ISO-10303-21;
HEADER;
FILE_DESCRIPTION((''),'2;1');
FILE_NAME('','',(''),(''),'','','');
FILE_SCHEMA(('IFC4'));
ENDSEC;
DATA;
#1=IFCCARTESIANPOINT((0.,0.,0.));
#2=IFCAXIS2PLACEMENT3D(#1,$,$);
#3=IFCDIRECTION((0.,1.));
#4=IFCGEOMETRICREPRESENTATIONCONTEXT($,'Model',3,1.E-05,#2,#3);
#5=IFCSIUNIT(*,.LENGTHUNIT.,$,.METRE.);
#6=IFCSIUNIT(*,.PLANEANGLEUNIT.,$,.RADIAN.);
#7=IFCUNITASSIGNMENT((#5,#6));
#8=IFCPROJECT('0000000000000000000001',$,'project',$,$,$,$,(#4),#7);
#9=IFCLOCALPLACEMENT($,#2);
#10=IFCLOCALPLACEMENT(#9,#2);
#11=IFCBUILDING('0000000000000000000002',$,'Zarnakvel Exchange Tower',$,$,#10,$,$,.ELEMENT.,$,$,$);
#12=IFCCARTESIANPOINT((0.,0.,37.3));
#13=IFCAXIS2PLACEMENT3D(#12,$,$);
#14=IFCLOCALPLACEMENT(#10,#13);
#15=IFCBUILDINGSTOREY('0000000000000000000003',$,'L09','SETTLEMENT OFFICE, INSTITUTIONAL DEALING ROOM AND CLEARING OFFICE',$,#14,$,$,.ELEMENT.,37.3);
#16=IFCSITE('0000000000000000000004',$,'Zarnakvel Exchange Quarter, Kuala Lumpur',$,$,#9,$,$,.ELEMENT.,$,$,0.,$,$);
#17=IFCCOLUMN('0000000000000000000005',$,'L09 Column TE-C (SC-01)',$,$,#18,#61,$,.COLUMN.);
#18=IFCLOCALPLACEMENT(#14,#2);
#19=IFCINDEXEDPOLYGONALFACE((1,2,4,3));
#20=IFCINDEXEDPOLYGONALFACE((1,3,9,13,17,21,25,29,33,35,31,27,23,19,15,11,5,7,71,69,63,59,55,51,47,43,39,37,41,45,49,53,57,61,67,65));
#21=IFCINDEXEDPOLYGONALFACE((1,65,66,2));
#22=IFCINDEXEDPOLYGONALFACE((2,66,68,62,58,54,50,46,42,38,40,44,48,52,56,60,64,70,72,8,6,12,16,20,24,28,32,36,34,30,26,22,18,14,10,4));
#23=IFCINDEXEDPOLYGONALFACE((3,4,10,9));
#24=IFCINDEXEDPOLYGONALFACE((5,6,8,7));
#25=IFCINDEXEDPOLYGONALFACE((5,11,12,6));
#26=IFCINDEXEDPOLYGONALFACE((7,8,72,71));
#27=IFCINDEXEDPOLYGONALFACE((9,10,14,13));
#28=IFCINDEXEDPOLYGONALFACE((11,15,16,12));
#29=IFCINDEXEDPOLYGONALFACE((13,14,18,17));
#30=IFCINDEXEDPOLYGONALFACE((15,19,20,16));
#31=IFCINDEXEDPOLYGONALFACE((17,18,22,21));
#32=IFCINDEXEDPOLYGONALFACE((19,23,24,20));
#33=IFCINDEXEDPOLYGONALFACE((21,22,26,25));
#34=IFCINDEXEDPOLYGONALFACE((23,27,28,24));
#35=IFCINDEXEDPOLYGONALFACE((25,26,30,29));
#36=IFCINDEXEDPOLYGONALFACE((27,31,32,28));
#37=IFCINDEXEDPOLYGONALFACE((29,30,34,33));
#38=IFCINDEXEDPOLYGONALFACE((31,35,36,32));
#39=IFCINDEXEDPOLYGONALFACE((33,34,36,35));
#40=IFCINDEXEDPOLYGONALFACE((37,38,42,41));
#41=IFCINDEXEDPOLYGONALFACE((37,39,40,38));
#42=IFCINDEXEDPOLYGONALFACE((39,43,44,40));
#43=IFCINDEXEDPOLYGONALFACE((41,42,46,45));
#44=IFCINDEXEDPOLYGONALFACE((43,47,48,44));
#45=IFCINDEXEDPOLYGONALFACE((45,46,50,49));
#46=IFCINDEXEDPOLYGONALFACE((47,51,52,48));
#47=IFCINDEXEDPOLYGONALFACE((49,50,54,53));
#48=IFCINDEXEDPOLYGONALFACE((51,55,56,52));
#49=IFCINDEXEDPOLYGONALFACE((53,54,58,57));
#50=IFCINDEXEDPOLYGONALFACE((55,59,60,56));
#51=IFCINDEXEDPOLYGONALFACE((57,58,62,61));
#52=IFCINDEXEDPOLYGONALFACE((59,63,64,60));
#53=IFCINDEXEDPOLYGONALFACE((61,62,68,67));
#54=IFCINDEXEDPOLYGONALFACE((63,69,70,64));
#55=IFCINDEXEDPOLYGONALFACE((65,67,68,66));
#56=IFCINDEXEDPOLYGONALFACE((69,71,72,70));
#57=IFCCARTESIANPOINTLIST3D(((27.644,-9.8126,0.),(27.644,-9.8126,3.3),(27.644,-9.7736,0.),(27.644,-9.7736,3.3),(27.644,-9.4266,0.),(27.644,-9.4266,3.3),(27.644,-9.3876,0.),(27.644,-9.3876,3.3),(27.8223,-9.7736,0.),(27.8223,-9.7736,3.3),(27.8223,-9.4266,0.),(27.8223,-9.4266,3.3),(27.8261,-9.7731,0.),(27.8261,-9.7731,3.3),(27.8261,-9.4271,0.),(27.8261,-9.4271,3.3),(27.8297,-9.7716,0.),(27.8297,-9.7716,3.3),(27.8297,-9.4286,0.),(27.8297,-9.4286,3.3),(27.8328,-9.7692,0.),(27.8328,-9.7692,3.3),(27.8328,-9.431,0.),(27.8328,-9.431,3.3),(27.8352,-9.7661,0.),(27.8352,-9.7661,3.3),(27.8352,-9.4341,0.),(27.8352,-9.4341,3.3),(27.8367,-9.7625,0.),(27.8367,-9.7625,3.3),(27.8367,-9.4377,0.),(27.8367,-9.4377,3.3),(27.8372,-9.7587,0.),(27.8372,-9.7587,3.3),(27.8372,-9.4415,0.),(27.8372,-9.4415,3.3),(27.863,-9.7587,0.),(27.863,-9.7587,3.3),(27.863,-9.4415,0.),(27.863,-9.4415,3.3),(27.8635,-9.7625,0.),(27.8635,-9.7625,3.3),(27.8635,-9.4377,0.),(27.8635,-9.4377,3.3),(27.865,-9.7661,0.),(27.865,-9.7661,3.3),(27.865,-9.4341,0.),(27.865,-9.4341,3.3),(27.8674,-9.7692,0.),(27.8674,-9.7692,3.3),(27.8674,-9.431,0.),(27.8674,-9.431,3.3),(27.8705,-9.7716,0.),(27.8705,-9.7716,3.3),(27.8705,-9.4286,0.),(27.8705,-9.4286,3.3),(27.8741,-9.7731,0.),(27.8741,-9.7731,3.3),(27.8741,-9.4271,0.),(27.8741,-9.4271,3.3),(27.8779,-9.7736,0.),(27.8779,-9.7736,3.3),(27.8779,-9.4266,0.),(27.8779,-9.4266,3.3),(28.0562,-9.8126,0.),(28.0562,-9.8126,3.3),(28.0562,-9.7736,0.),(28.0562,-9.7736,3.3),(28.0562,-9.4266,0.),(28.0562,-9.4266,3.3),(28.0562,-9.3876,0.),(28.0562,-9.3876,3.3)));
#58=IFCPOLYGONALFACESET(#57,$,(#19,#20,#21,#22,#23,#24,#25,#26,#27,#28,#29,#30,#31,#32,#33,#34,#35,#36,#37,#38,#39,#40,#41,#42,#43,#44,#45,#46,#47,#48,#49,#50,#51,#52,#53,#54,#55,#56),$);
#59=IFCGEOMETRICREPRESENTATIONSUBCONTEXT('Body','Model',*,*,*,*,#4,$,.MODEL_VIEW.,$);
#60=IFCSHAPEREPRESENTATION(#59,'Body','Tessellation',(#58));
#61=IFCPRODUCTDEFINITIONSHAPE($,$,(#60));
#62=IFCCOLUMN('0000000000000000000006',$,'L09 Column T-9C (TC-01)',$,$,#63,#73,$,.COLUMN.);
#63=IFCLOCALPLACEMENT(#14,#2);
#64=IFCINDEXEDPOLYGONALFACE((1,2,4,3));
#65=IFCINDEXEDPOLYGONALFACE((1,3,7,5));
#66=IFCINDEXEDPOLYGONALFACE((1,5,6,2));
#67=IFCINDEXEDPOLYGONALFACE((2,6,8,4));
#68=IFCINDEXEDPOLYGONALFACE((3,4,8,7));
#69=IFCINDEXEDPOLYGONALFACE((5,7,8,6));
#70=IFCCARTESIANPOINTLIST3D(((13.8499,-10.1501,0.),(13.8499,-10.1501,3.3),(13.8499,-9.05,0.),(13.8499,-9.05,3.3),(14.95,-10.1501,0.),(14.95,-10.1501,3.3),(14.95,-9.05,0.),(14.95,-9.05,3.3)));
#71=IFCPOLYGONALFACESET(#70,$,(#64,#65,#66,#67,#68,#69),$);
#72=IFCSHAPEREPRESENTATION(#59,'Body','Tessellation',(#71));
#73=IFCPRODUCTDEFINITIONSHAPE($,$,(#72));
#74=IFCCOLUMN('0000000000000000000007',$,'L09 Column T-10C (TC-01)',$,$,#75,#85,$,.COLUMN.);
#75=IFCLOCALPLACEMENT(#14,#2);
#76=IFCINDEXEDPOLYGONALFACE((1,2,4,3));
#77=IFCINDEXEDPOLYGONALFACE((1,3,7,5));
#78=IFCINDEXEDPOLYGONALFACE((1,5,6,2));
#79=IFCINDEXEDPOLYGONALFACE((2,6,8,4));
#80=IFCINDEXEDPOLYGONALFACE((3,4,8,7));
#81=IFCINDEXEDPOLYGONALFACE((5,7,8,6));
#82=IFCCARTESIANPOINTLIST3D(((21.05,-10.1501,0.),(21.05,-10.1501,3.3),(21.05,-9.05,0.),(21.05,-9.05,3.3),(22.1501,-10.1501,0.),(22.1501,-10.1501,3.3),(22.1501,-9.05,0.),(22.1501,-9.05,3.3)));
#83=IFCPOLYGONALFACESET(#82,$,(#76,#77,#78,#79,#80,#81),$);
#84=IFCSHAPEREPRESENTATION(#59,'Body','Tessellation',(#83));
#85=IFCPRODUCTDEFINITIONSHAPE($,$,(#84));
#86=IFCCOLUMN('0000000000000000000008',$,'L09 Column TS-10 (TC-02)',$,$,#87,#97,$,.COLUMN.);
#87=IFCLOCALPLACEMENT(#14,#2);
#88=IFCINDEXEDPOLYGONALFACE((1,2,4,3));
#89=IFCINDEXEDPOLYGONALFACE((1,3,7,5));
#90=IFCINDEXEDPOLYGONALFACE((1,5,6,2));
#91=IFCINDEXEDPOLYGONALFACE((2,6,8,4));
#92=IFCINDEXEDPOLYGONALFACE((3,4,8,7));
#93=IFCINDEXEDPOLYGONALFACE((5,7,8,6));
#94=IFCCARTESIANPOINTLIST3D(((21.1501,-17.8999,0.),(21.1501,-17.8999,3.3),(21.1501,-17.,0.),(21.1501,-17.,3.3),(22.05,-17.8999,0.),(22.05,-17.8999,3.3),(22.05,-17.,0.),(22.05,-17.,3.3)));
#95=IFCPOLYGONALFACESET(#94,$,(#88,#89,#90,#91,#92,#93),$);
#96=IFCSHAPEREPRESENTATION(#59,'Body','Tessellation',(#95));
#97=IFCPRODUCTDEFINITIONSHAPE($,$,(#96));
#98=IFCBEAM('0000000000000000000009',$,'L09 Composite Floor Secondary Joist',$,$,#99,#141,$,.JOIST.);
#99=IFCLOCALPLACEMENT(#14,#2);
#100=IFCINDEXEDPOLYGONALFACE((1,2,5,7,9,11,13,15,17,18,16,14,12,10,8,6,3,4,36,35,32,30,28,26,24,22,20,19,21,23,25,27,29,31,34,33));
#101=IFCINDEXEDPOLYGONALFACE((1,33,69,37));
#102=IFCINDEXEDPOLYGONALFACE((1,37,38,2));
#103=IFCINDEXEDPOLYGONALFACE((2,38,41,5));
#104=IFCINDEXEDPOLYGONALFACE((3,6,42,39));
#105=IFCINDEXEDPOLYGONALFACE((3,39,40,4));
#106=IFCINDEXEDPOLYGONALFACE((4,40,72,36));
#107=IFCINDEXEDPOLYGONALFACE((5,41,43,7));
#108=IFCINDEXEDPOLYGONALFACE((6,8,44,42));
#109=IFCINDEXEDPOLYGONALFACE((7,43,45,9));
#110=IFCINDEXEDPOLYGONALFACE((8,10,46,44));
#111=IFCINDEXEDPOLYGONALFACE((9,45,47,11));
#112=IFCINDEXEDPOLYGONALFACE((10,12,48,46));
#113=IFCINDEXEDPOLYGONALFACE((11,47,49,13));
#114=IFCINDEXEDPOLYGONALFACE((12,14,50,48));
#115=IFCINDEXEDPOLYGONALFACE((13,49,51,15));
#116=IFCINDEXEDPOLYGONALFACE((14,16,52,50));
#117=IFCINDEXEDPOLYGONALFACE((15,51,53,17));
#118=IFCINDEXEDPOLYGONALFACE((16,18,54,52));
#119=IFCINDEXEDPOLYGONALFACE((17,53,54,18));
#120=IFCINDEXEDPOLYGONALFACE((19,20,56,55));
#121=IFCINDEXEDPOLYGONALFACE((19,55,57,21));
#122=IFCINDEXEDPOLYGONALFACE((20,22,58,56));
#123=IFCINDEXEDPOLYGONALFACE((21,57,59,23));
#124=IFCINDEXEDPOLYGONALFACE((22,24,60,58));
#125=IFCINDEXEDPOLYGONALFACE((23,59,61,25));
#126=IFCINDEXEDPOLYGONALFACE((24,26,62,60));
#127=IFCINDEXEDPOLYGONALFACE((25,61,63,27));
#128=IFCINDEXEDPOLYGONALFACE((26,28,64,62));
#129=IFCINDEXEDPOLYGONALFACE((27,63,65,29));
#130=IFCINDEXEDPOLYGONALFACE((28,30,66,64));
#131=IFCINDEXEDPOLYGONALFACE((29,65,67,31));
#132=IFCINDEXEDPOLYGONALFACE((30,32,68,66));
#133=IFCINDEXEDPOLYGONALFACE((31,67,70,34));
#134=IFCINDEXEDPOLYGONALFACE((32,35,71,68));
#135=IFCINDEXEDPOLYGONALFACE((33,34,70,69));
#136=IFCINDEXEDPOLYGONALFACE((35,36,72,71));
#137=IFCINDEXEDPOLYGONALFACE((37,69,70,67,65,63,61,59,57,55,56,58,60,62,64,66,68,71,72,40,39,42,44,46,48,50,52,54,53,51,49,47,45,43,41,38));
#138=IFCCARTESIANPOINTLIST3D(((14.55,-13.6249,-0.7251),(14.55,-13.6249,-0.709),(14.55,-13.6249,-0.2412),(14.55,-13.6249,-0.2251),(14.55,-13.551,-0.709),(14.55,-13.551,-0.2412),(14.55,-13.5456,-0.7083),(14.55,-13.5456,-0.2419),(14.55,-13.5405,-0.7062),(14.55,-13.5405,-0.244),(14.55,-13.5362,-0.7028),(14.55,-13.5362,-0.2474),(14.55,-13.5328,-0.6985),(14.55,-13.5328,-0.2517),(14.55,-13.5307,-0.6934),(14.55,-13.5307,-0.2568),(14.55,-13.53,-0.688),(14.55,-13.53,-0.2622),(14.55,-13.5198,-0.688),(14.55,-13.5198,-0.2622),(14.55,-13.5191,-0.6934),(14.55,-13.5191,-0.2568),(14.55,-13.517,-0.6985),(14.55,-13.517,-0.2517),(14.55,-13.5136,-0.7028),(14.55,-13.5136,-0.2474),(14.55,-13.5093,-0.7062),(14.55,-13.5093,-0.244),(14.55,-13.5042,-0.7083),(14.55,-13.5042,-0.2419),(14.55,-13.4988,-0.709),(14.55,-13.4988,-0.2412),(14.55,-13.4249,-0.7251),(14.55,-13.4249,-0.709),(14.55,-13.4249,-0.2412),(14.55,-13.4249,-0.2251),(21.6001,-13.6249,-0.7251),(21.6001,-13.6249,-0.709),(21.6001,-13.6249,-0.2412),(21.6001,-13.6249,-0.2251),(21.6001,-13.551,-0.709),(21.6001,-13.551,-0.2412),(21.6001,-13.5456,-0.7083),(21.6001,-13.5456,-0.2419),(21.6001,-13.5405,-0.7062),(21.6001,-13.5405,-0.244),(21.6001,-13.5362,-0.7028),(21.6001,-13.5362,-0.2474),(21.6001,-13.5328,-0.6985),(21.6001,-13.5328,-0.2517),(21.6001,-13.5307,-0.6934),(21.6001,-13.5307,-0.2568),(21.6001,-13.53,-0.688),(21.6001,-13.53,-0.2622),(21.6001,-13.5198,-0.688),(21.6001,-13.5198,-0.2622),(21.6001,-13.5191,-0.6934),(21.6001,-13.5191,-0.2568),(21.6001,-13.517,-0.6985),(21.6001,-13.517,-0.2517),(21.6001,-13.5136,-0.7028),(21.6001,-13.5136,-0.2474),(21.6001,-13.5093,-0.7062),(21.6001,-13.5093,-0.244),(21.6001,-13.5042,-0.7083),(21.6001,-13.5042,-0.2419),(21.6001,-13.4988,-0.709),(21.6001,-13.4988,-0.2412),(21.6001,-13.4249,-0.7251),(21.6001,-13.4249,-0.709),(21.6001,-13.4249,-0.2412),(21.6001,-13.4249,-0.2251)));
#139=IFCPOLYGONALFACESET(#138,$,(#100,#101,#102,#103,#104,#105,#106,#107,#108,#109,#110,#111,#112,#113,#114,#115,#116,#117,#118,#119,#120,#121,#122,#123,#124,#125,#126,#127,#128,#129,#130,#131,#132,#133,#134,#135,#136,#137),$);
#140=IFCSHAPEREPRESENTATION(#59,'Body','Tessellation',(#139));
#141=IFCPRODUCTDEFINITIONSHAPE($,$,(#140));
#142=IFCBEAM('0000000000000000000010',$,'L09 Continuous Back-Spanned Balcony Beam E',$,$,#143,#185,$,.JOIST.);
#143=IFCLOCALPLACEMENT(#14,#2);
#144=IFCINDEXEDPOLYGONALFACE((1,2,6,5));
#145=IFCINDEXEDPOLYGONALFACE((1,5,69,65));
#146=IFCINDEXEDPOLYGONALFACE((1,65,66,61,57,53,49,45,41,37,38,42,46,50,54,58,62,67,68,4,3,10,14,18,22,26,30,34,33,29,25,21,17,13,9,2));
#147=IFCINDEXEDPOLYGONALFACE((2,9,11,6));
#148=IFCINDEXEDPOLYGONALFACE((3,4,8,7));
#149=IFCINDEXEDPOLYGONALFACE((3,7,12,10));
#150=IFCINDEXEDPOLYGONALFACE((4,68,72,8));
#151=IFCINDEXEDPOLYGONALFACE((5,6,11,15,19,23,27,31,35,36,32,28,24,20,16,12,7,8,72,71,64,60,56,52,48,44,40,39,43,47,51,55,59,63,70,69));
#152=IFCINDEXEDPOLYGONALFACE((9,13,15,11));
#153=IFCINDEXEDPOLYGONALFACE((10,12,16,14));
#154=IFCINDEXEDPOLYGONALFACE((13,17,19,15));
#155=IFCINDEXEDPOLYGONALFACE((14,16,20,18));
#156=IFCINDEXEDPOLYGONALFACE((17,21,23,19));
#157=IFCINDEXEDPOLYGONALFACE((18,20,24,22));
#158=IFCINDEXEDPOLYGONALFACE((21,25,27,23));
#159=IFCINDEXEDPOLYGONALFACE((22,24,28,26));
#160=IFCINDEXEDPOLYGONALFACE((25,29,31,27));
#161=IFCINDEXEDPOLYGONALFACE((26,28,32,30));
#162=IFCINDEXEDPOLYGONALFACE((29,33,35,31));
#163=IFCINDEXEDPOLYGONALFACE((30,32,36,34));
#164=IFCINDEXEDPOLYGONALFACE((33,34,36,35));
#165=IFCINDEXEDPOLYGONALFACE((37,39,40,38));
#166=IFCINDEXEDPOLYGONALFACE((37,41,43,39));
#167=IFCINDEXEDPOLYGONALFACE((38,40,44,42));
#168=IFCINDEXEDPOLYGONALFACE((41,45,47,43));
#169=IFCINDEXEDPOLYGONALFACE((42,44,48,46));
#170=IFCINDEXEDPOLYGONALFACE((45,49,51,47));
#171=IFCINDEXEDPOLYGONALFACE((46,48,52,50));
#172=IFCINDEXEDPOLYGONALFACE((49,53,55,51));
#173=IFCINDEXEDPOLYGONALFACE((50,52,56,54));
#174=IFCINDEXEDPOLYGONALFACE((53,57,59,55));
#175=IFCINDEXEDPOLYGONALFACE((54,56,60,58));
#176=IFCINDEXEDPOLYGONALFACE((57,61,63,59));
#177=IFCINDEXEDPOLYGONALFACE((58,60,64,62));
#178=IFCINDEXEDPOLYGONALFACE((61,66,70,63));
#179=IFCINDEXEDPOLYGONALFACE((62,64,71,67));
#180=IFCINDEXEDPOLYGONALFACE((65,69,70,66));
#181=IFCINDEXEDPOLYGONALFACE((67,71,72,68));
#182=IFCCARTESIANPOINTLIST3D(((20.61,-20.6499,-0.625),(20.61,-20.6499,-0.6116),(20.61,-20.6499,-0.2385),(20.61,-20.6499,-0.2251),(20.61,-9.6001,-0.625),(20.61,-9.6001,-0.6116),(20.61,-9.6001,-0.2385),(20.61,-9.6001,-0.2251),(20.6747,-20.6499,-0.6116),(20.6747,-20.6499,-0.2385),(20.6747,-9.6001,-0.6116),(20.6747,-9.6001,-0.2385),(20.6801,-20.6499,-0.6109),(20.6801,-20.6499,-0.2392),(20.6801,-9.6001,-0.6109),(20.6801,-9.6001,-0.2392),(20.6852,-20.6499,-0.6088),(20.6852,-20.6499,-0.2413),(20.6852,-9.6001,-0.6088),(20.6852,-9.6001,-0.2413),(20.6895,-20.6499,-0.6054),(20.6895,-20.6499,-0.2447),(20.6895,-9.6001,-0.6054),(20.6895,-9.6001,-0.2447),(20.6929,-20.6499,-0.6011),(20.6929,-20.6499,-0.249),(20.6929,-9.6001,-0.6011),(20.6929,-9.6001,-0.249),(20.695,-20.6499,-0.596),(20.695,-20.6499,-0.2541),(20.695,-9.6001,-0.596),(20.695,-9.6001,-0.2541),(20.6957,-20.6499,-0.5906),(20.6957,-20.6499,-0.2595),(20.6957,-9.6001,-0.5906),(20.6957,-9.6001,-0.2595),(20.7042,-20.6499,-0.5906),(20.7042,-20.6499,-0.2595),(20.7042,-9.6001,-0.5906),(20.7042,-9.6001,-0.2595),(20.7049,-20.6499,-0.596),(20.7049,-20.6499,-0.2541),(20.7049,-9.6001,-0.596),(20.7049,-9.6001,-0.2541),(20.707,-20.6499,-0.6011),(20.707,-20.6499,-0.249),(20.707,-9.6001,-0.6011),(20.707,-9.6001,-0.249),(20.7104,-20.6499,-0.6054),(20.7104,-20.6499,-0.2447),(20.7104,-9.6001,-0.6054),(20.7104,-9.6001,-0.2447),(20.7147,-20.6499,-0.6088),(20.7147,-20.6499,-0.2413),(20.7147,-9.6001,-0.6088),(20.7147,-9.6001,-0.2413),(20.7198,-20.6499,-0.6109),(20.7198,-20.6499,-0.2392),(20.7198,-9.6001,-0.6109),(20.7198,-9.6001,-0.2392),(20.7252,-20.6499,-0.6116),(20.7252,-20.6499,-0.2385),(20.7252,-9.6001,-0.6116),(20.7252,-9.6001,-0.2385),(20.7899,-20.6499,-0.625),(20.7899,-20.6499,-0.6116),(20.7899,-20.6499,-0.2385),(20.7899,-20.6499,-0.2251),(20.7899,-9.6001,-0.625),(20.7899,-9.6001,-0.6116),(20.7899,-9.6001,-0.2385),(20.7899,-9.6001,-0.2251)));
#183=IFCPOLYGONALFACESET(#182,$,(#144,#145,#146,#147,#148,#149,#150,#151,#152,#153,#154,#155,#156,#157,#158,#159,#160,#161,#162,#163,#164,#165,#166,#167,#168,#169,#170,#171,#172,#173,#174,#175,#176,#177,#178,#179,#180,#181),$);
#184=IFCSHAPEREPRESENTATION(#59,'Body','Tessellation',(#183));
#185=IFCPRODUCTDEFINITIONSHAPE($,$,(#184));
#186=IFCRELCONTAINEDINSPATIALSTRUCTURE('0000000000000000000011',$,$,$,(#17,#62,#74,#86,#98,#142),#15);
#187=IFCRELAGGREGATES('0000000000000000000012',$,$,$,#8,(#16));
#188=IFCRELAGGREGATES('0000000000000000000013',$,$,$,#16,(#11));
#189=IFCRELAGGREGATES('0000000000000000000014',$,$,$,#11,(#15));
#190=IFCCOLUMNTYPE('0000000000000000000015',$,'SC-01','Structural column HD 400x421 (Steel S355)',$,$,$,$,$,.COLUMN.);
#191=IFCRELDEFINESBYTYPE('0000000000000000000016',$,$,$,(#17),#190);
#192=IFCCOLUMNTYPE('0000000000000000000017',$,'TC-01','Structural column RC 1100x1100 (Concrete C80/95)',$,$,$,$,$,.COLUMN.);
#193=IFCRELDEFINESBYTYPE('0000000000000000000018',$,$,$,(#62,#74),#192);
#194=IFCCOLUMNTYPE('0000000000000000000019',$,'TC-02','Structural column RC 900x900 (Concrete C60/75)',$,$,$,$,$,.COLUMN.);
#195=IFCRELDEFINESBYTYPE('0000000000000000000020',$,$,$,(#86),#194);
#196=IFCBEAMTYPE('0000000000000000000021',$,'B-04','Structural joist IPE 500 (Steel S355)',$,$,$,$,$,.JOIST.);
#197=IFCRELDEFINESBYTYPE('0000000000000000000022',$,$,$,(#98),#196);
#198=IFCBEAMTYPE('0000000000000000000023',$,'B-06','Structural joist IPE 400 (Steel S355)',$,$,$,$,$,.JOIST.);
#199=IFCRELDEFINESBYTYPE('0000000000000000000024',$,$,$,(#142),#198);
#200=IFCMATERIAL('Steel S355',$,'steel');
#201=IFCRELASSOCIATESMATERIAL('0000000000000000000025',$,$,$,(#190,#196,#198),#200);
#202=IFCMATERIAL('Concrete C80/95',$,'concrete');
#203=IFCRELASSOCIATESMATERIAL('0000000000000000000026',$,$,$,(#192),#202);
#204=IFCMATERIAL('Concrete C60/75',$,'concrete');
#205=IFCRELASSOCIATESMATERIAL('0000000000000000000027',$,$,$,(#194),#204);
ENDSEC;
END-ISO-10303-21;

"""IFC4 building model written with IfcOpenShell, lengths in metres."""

from ifc_helpers import new_model, si_unit, direction, frame, origin, origin_2d, place, context, subcontext, project, spatial, rectangle, i_section, extrude, material, material_profile, profile_set, type_object, element, save


model = new_model("IFC4")

# Units and contexts
model_context = context("Model", 3, precision=1e-05, world=origin(), true_north=direction((0.0, 1.0)))
body_context = subcontext(model_context, "Body", "Model", "MODEL_VIEW")
ifc_project = project(units=[si_unit("LENGTHUNIT", "METRE"), si_unit("PLANEANGLEUNIT", "RADIAN")], contexts=[model_context])

# Site, building, storey
site_placement = place(None, origin())
site = spatial("IfcSite", under=ifc_project, at=site_placement, Name="Zarnakvel Exchange Quarter, Kuala Lumpur", CompositionType="ELEMENT", RefElevation=0.0)
building_placement = place(site_placement, origin())
building = spatial("IfcBuilding", under=site, at=building_placement, Name="Zarnakvel Exchange Tower", CompositionType="ELEMENT")
storey_placement = place(building_placement, frame((0.0, 0.0, 37.3)))
storey = spatial("IfcBuildingStorey", under=building, at=storey_placement, Name="L09", Description="SETTLEMENT OFFICE, INSTITUTIONAL DEALING ROOM AND CLEARING OFFICE", CompositionType="ELEMENT", Elevation=37.3)

# Columns
ifc_material_1 = material(Name="Steel S355", Category="steel")
ifc_material_profile_1 = material_profile(ifc_material_1, i_section(OverallWidth=0.4121, OverallDepth=0.425, WebThickness=0.0259, FlangeThickness=0.0391, FilletRadius=0.0149, at=origin_2d()))
ifc_profile_set_1 = profile_set([ifc_material_profile_1], Name="Steel S355")
column_type_1 = type_object("IfcColumnType", Name="SC-01", Description="Structural column HD 400x421 (Steel S355)", PredefinedType="COLUMN", material=ifc_profile_set_1)
column_1_placement = place(storey_placement, frame((27.8501, -9.6001, 0.0), z_axis=(0.0, 0.0, 1.0), x_axis=(1.0, 0.0, 0.0)))
element("IfcColumn", 1, at=column_1_placement, inside=storey, type_object=column_type_1, Name="L09 Column TE-C (SC-01)", PredefinedType="COLUMN", context=body_context, shape_type="SweptSolid", body=[
    extrude(i_section(OverallWidth=0.4121, OverallDepth=0.425, WebThickness=0.0259, FlangeThickness=0.0391, FilletRadius=0.0149, at=origin_2d()), origin(), (0.0, 0.0, 1.0), 3.3),
])
ifc_material_2 = material(Name="Concrete C80/95", Category="concrete")
ifc_material_profile_2 = material_profile(ifc_material_2, rectangle(XDim=1.1001, YDim=1.1001, at=origin_2d()))
ifc_profile_set_2 = profile_set([ifc_material_profile_2], Name="Concrete C80/95")
column_type_2 = type_object("IfcColumnType", Name="TC-01", Description="Structural column RC 1100x1100 (Concrete C80/95)", PredefinedType="COLUMN", material=ifc_profile_set_2)
for number, where, z_axis, x_axis, name in (
    (2, (14.3999, -9.6001, 0.0), (0.0, 0.0, 1.0), (1.0, 0.0, 0.0), "L09 Column T-9C (TC-01)"),
    (3, (21.6001, -9.6001, 0.0), (0.0, 0.0, 1.0), (1.0, 0.0, 0.0), "L09 Column T-10C (TC-01)"),
):
    element("IfcColumn", number, at=place(storey_placement, frame(where, z_axis=z_axis, x_axis=x_axis)), inside=storey, type_object=column_type_2, Name=name, PredefinedType="COLUMN", context=body_context, shape_type="SweptSolid", body=[
        extrude(rectangle(XDim=1.1001, YDim=1.1001, at=origin_2d()), origin(), (0.0, 0.0, 1.0), 3.3),
    ])
ifc_material_3 = material(Name="Concrete C60/75", Category="concrete")
ifc_material_profile_3 = material_profile(ifc_material_3, rectangle(XDim=0.8999, YDim=0.8999, at=origin_2d()))
ifc_profile_set_3 = profile_set([ifc_material_profile_3], Name="Concrete C60/75")
column_type_3 = type_object("IfcColumnType", Name="TC-02", Description="Structural column RC 900x900 (Concrete C60/75)", PredefinedType="COLUMN", material=ifc_profile_set_3)
column_2_placement = place(storey_placement, frame((21.6001, -17.45, 0.0), z_axis=(0.0, 0.0, 1.0), x_axis=(1.0, 0.0, 0.0)))
element("IfcColumn", 4, at=column_2_placement, inside=storey, type_object=column_type_3, Name="L09 Column TS-10 (TC-02)", PredefinedType="COLUMN", context=body_context, shape_type="SweptSolid", body=[
    extrude(rectangle(XDim=0.8999, YDim=0.8999, at=origin_2d()), origin(), (0.0, 0.0, 1.0), 3.3),
])

# Beams
ifc_material_profile_4 = material_profile(ifc_material_1, i_section(OverallWidth=0.2, OverallDepth=0.5, WebThickness=0.0103, FlangeThickness=0.0161, FilletRadius=0.021, at=origin_2d()))
ifc_profile_set_4 = profile_set([ifc_material_profile_4], Name="Steel S355")
beam_type_1 = type_object("IfcBeamType", Name="B-04", Description="Structural joist IPE 500 (Steel S355)", PredefinedType="JOIST", material=ifc_profile_set_4)
beam_1_placement = place(storey_placement, frame((14.55, -13.5249, -0.4751), z_axis=(1.0, 0.0, 0.0), x_axis=(0.0, 1.0, 0.0)))
element("IfcBeam", 5, at=beam_1_placement, inside=storey, type_object=beam_type_1, Name="L09 Composite Floor Secondary Joist", PredefinedType="JOIST", context=body_context, shape_type="SweptSolid", body=[
    extrude(i_section(OverallWidth=0.2, OverallDepth=0.5, WebThickness=0.0103, FlangeThickness=0.0161, FilletRadius=0.021, at=origin_2d()), origin(), (0.0, 0.0, 1.0), 7.05),
])
ifc_material_profile_5 = material_profile(ifc_material_1, i_section(OverallWidth=0.1799, OverallDepth=0.3999, WebThickness=0.0085, FlangeThickness=0.0134, FilletRadius=0.021, at=origin_2d()))
ifc_profile_set_5 = profile_set([ifc_material_profile_5], Name="Steel S355")
beam_type_2 = type_object("IfcBeamType", Name="B-06", Description="Structural joist IPE 400 (Steel S355)", PredefinedType="JOIST", material=ifc_profile_set_5)
beam_2_placement = place(storey_placement, frame((20.7, -9.6001, -0.425), z_axis=(0.0, -1.0, 0.0), x_axis=(1.0, 0.0, 0.0)))
element("IfcBeam", 6, at=beam_2_placement, inside=storey, type_object=beam_type_2, Name="L09 Continuous Back-Spanned Balcony Beam E", PredefinedType="JOIST", context=body_context, shape_type="SweptSolid", body=[
    extrude(i_section(OverallWidth=0.1799, OverallDepth=0.3999, WebThickness=0.0085, FlangeThickness=0.0134, FilletRadius=0.021, at=origin_2d()), origin(), (0.0, 0.0, 1.0), 11.0498),
])

save(model, "model.ifc")
